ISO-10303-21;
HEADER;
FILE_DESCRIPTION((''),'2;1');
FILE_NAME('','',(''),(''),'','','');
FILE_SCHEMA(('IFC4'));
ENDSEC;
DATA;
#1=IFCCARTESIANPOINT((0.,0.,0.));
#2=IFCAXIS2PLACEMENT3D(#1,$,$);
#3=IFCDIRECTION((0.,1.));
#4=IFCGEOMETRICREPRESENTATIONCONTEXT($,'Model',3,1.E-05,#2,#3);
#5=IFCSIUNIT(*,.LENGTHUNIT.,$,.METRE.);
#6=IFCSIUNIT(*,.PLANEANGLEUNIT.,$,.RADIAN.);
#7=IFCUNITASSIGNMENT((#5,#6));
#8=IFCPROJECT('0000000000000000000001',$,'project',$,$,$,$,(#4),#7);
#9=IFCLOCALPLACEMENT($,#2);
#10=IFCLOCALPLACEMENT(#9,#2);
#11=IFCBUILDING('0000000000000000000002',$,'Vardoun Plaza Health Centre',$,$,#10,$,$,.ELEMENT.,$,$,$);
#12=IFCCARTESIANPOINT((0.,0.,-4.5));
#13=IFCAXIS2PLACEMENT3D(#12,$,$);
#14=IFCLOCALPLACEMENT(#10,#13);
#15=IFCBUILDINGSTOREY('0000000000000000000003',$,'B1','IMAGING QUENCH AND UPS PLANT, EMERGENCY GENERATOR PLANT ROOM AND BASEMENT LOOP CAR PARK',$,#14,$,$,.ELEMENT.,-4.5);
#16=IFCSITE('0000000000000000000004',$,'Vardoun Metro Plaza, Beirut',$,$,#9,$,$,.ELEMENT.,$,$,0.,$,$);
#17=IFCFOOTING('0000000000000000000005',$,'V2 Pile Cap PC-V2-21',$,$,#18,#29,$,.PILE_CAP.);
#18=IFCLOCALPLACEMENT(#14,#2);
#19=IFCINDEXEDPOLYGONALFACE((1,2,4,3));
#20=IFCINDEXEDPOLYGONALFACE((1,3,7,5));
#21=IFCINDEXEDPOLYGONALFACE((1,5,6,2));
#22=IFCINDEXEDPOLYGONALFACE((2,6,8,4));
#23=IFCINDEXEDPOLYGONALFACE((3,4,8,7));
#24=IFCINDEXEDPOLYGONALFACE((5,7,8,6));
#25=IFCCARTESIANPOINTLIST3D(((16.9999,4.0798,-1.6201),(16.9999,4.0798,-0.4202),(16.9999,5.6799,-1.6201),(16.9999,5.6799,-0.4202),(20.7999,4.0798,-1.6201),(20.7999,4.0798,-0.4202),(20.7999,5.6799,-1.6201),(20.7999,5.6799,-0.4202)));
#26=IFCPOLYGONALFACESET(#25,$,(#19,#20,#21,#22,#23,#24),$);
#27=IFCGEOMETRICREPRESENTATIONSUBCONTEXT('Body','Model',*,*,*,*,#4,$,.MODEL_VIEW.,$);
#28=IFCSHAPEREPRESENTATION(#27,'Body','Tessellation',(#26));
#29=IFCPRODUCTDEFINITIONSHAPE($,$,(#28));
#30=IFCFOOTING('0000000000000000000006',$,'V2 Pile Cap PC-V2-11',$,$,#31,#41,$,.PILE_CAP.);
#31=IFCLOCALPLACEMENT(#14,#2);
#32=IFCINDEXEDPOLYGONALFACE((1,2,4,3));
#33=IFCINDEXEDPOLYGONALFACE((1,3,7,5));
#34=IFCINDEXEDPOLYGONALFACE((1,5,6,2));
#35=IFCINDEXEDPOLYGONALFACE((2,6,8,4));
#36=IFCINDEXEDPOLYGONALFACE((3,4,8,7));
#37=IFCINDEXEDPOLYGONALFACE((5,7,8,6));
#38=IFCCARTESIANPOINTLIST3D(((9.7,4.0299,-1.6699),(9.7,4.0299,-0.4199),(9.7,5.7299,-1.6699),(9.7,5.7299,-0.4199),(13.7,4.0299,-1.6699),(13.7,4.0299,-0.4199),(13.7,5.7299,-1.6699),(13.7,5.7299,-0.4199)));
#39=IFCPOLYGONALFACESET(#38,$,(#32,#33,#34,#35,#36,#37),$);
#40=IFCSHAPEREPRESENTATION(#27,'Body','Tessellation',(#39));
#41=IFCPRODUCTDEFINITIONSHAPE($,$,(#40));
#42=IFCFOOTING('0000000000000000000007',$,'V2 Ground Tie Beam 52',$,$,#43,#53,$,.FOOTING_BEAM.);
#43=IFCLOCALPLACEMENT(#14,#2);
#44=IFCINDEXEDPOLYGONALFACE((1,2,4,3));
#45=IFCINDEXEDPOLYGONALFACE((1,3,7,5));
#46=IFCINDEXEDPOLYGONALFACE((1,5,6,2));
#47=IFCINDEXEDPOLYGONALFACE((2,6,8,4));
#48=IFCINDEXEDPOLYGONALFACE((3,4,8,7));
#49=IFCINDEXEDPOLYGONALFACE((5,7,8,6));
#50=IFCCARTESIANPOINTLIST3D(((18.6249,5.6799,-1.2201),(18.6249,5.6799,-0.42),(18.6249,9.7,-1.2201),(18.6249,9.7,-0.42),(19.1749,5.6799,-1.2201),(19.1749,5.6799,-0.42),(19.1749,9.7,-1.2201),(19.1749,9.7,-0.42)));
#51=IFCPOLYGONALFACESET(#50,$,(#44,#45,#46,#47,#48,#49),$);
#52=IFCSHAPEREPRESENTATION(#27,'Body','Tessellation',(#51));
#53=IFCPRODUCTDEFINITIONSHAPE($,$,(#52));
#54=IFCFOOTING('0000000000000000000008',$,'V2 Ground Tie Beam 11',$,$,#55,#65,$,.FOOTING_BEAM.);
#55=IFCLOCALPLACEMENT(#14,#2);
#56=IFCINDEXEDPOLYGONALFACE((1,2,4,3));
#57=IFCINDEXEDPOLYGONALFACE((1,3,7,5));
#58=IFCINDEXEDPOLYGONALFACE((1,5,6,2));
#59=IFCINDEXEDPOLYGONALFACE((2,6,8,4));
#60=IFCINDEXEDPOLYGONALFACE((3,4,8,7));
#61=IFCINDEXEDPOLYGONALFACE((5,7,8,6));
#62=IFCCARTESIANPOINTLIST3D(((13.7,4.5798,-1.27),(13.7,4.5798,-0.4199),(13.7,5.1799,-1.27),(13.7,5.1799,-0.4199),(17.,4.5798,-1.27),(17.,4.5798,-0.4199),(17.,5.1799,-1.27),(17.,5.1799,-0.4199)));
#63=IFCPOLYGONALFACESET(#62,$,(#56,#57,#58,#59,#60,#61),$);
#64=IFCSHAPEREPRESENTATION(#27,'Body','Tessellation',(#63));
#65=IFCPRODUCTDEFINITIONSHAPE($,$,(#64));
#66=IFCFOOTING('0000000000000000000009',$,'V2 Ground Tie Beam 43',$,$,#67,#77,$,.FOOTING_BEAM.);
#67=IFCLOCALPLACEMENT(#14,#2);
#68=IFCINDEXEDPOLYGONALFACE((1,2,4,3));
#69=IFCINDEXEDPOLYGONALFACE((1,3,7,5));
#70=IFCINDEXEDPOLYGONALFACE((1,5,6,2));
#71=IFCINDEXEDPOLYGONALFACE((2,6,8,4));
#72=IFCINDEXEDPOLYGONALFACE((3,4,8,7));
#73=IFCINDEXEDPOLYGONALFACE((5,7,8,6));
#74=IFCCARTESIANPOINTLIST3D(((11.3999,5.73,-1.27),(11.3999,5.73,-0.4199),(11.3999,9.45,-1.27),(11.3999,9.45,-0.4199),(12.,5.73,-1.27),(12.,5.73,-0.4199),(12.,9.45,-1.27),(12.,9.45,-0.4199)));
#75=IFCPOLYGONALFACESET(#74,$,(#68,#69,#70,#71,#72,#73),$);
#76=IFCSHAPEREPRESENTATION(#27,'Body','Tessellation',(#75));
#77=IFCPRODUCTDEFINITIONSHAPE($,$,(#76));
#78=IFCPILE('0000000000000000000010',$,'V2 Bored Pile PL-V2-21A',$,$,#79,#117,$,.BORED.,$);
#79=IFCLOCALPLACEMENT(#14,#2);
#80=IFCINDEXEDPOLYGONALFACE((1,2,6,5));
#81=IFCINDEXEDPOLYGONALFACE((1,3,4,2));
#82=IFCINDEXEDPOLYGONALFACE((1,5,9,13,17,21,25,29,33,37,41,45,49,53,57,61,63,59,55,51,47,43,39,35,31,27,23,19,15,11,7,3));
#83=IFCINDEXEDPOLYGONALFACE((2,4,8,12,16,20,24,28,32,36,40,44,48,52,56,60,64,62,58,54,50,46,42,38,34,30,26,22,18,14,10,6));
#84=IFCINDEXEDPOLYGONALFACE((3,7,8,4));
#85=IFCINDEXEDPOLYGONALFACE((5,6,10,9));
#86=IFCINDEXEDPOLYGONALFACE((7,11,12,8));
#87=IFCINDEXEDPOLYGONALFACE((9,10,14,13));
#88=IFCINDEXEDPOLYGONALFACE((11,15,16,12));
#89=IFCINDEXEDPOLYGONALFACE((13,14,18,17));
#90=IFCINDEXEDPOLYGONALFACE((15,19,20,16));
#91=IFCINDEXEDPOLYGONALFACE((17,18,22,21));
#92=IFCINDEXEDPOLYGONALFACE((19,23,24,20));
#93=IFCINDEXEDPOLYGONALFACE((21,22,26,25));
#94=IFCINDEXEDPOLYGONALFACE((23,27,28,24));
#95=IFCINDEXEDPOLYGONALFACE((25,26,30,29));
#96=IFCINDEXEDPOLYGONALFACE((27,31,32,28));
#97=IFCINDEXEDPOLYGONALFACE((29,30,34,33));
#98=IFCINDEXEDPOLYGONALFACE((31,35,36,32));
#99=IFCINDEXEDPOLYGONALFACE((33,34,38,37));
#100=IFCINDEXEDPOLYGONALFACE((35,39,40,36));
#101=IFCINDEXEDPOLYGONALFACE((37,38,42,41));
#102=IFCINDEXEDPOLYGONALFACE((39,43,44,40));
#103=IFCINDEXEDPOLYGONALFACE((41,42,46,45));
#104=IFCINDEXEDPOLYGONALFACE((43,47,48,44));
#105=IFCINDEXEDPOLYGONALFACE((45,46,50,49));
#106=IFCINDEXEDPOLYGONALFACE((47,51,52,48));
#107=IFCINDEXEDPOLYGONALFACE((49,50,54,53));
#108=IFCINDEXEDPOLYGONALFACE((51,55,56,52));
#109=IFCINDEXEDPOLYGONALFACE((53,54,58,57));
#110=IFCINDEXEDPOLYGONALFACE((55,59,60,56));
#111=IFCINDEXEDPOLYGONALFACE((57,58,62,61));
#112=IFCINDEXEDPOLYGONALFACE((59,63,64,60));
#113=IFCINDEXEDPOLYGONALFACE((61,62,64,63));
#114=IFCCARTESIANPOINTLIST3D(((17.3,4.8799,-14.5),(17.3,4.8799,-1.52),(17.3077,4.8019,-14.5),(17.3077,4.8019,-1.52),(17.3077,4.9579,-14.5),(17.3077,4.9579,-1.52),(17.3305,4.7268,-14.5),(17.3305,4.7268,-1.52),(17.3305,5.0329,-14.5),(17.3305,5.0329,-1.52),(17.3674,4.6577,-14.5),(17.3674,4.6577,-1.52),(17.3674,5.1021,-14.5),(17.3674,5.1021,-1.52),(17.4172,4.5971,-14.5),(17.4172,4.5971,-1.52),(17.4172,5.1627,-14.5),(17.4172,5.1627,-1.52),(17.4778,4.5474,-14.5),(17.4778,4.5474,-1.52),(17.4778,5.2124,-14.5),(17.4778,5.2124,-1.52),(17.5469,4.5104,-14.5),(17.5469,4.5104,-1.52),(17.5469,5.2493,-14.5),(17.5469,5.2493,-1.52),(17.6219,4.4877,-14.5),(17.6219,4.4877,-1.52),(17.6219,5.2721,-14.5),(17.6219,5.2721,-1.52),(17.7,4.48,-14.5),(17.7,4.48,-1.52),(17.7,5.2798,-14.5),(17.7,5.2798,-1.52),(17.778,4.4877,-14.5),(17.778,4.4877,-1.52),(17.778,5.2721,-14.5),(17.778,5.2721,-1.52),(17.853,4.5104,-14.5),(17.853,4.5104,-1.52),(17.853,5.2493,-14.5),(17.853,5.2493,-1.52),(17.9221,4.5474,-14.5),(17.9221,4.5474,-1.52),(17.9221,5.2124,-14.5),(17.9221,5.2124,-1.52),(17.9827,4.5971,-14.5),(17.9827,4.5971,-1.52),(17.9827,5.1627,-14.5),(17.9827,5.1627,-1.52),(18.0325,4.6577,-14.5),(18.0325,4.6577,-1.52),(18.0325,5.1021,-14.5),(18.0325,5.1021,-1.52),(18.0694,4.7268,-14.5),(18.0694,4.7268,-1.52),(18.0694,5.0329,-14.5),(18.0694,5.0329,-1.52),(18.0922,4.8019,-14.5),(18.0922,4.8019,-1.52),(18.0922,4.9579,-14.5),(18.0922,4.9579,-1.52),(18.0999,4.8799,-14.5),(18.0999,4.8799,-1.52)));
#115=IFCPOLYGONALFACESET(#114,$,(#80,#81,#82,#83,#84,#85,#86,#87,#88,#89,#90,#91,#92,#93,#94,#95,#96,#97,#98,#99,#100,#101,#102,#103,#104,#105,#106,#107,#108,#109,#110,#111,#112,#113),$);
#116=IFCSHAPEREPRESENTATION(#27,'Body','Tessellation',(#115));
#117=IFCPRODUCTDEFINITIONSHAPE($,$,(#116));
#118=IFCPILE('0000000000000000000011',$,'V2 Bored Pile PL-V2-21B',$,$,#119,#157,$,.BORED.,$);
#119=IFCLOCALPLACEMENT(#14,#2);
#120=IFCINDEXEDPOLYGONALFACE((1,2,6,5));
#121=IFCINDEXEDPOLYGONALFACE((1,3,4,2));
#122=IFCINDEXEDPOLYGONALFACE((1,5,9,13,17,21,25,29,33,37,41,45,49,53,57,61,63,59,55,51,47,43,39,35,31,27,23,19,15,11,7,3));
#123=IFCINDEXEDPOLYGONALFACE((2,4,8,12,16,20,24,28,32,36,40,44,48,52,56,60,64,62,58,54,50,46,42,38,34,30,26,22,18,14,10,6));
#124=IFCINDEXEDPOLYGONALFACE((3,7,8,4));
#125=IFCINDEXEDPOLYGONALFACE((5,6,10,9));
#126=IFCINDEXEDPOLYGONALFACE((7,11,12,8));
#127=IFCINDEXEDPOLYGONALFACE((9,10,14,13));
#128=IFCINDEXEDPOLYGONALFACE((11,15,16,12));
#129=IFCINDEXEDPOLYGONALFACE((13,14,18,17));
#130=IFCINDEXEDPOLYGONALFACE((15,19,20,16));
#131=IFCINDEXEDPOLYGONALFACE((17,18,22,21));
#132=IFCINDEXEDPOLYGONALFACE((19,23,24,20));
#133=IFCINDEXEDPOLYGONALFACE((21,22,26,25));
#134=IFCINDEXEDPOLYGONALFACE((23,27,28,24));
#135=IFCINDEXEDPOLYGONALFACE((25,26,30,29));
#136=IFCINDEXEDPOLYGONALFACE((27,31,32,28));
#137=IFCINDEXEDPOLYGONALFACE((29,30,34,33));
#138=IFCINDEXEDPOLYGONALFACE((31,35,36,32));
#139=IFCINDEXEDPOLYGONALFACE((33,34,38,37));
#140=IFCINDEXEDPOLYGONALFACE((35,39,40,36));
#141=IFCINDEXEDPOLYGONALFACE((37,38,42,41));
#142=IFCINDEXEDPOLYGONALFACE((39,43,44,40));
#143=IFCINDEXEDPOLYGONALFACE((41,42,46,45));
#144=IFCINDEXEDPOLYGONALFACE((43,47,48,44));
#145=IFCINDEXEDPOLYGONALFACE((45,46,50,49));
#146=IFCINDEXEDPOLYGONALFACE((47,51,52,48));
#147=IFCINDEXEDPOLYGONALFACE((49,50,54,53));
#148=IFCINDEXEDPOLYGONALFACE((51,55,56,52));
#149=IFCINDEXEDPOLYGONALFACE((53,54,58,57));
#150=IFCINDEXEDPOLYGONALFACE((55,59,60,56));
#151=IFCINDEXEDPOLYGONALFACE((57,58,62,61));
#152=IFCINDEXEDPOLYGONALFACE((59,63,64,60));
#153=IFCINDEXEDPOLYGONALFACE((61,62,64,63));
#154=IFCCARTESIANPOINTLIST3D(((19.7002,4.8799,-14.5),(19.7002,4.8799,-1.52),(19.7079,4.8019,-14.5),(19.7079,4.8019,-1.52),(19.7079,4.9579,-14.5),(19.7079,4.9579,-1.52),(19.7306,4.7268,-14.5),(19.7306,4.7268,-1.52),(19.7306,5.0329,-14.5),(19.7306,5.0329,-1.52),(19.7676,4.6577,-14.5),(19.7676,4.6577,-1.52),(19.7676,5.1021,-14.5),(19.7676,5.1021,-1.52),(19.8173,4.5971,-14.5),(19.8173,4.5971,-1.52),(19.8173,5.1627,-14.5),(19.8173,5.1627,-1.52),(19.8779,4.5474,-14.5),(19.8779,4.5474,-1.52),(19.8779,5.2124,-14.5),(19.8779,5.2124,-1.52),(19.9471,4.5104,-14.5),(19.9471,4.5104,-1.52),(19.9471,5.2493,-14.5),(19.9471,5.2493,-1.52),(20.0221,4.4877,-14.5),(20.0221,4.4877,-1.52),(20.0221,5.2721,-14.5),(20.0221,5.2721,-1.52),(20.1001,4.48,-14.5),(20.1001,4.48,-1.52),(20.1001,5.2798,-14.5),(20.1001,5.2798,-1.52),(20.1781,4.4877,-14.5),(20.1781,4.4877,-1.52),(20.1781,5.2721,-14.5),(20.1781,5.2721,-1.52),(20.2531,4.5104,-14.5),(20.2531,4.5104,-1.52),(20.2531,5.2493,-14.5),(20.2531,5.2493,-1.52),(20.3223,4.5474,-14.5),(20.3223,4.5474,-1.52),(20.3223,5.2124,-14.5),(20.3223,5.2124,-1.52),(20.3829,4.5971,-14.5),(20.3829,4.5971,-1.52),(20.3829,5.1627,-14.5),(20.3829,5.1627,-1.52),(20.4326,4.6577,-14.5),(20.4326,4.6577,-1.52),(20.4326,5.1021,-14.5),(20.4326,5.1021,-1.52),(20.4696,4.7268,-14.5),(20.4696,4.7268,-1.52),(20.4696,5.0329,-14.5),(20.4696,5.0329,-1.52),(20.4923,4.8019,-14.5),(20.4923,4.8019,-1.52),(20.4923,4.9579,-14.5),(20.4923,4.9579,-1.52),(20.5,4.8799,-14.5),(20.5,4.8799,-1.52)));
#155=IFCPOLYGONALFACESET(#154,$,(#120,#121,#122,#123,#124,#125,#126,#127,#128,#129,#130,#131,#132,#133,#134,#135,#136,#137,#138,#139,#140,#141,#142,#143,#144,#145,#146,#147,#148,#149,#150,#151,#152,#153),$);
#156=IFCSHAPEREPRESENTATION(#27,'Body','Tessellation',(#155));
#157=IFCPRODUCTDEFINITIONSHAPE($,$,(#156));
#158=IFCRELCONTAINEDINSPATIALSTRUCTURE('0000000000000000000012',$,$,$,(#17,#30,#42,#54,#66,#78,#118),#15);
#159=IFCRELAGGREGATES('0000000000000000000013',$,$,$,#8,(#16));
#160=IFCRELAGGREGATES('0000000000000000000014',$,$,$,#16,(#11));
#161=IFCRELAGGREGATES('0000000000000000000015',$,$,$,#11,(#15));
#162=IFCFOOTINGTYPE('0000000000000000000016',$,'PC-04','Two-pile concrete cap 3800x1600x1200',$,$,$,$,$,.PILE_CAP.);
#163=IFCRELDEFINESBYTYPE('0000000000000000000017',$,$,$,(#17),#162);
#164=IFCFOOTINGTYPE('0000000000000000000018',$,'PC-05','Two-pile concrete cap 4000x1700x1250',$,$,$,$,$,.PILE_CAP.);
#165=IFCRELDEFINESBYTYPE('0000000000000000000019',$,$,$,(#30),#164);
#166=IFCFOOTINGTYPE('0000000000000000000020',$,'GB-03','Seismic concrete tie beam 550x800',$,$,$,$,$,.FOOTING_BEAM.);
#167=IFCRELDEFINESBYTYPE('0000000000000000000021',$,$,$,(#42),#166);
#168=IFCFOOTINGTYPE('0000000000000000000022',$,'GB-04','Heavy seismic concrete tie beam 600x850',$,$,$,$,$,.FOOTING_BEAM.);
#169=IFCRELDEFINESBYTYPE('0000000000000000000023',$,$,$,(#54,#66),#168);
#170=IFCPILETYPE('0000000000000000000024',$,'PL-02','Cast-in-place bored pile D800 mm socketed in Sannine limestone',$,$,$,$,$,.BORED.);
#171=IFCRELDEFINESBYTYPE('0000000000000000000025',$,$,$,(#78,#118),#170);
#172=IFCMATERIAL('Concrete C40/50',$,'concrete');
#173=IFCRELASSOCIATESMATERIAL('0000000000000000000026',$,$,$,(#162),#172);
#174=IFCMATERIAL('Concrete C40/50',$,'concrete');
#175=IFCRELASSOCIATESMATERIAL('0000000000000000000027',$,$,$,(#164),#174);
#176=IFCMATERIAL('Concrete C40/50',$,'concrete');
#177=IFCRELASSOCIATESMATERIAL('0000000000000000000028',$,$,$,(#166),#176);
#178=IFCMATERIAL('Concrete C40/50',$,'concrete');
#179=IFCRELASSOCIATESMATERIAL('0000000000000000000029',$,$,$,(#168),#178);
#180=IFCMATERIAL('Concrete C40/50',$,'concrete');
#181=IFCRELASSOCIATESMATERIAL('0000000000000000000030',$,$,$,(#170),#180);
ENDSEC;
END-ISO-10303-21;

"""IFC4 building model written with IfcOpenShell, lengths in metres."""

from ifc_helpers import new_model, si_unit, direction, frame, origin, origin_2d, place, context, subcontext, project, spatial, rectangle, circle, extrude, material, material_profile, profile_set, type_object, element, save


model = new_model("IFC4")

# Units and contexts
model_context = context("Model", 3, precision=1e-05, world=origin(), true_north=direction((0.0, 1.0)))
body_context = subcontext(model_context, "Body", "Model", "MODEL_VIEW")
ifc_project = project(units=[si_unit("LENGTHUNIT", "METRE"), si_unit("PLANEANGLEUNIT", "RADIAN")], contexts=[model_context])

# Site, building, storey
site_placement = place(None, origin())
site = spatial("IfcSite", under=ifc_project, at=site_placement, Name="Vardoun Metro Plaza, Beirut", CompositionType="ELEMENT", RefElevation=0.0)
building_placement = place(site_placement, origin())
building = spatial("IfcBuilding", under=site, at=building_placement, Name="Vardoun Plaza Health Centre", CompositionType="ELEMENT")
storey_placement = place(building_placement, frame((0.0, 0.0, -4.5)))
storey = spatial("IfcBuildingStorey", under=building, at=storey_placement, Name="B1", Description="IMAGING QUENCH AND UPS PLANT, EMERGENCY GENERATOR PLANT ROOM AND BASEMENT LOOP CAR PARK", CompositionType="ELEMENT", Elevation=-4.5)

# Footings
ifc_material_1 = material(Name="Concrete C40/50", Category="concrete")
footing_type_1 = type_object("IfcFootingType", Name="PC-04", Description="Two-pile concrete cap 3800x1600x1200", PredefinedType="PILE_CAP", material=ifc_material_1)
footing_1_placement = place(storey_placement, frame((18.8999, 4.8799, -1.6201), z_axis=(0.0, 0.0, 1.0), x_axis=(1.0, 0.0, 0.0)))
element("IfcFooting", 1, at=footing_1_placement, inside=storey, type_object=footing_type_1, Name="V2 Pile Cap PC-V2-21", PredefinedType="PILE_CAP", context=body_context, shape_type="SweptSolid", body=[
    extrude(rectangle(XDim=3.8, YDim=1.6001, at=origin_2d()), origin(), (0.0, 0.0, 1.0), 1.2),
])
ifc_material_2 = material(Name="Concrete C40/50", Category="concrete")
footing_type_2 = type_object("IfcFootingType", Name="PC-05", Description="Two-pile concrete cap 4000x1700x1250", PredefinedType="PILE_CAP", material=ifc_material_2)
footing_2_placement = place(storey_placement, frame((11.7, 4.8799, -1.6699), z_axis=(0.0, 0.0, 1.0), x_axis=(1.0, 0.0, 0.0)))
element("IfcFooting", 2, at=footing_2_placement, inside=storey, type_object=footing_type_2, Name="V2 Pile Cap PC-V2-11", PredefinedType="PILE_CAP", context=body_context, shape_type="SweptSolid", body=[
    extrude(rectangle(XDim=4.0, YDim=1.7, at=origin_2d()), origin(), (0.0, 0.0, 1.0), 1.25),
])
ifc_material_3 = material(Name="Concrete C40/50", Category="concrete")
ifc_material_profile_1 = material_profile(ifc_material_3, rectangle(XDim=0.55, YDim=0.8, at=origin_2d()), Name="GB 550x800")
ifc_profile_set_1 = profile_set([ifc_material_profile_1], Name="Concrete C40/50")
footing_type_3 = type_object("IfcFootingType", Name="GB-03", Description="Seismic concrete tie beam 550x800", PredefinedType="FOOTING_BEAM", material=ifc_profile_set_1)
footing_3_placement = place(storey_placement, frame((18.8999, 5.6799, -0.8201), z_axis=(0.0, 1.0, 0.0), x_axis=(-1.0, 0.0, 0.0)))
element("IfcFooting", 3, at=footing_3_placement, inside=storey, type_object=footing_type_3, Name="V2 Ground Tie Beam 52", PredefinedType="FOOTING_BEAM", context=body_context, shape_type="SweptSolid", body=[
    extrude(rectangle(XDim=0.55, YDim=0.8, at=origin_2d()), origin(), (0.0, 0.0, 1.0), 4.02),
])
ifc_material_4 = material(Name="Concrete C40/50", Category="concrete")
ifc_material_profile_2 = material_profile(ifc_material_4, rectangle(XDim=0.6001, YDim=0.8501, at=origin_2d()), Name="GB 600x850")
ifc_profile_set_2 = profile_set([ifc_material_profile_2], Name="Concrete C40/50")
footing_type_4 = type_object("IfcFootingType", Name="GB-04", Description="Heavy seismic concrete tie beam 600x850", PredefinedType="FOOTING_BEAM", material=ifc_profile_set_2)
footing_4_placement = place(storey_placement, frame((13.7, 4.8799, -0.845), z_axis=(1.0, 0.0, 0.0), x_axis=(0.0, 1.0, 0.0)))
element("IfcFooting", 4, at=footing_4_placement, inside=storey, type_object=footing_type_4, Name="V2 Ground Tie Beam 11", PredefinedType="FOOTING_BEAM", context=body_context, shape_type="SweptSolid", body=[
    extrude(rectangle(XDim=0.6001, YDim=0.8501, at=origin_2d()), origin(), (0.0, 0.0, 1.0), 3.3),
])
footing_5_placement = place(storey_placement, frame((11.7, 5.73, -0.845), z_axis=(0.0, 1.0, 0.0), x_axis=(-1.0, 0.0, 0.0)))
element("IfcFooting", 5, at=footing_5_placement, inside=storey, type_object=footing_type_4, Name="V2 Ground Tie Beam 43", PredefinedType="FOOTING_BEAM", context=body_context, shape_type="SweptSolid", body=[
    extrude(rectangle(XDim=0.6001, YDim=0.8501, at=origin_2d()), origin(), (0.0, 0.0, 1.0), 3.72),
])

# Piles
ifc_material_5 = material(Name="Concrete C40/50", Category="concrete")
ifc_material_profile_3 = material_profile(ifc_material_5, circle(Radius=0.3999, at=origin_2d()), Name="PILE D800")
ifc_profile_set_3 = profile_set([ifc_material_profile_3], Name="Concrete C40/50")
pile_type_1 = type_object("IfcPileType", Name="PL-02", Description="Cast-in-place bored pile D800 mm socketed in Sannine limestone", PredefinedType="BORED", material=ifc_profile_set_3)
for number, where, z_axis, x_axis, name in (
    (6, (17.7, 4.8799, -1.52), (0.0, 0.0, -1.0), (1.0, 0.0, 0.0), "V2 Bored Pile PL-V2-21A"),
    (7, (20.1001, 4.8799, -1.52), (0.0, 0.0, -1.0), (1.0, 0.0, 0.0), "V2 Bored Pile PL-V2-21B"),
):
    element("IfcPile", number, at=place(storey_placement, frame(where, z_axis=z_axis, x_axis=x_axis)), inside=storey, type_object=pile_type_1, Name=name, PredefinedType="BORED", context=body_context, shape_type="SweptSolid", body=[
        extrude(circle(Radius=0.3999, at=origin_2d()), origin(), (0.0, 0.0, 1.0), 12.98),
    ])

save(model, "model.ifc")
